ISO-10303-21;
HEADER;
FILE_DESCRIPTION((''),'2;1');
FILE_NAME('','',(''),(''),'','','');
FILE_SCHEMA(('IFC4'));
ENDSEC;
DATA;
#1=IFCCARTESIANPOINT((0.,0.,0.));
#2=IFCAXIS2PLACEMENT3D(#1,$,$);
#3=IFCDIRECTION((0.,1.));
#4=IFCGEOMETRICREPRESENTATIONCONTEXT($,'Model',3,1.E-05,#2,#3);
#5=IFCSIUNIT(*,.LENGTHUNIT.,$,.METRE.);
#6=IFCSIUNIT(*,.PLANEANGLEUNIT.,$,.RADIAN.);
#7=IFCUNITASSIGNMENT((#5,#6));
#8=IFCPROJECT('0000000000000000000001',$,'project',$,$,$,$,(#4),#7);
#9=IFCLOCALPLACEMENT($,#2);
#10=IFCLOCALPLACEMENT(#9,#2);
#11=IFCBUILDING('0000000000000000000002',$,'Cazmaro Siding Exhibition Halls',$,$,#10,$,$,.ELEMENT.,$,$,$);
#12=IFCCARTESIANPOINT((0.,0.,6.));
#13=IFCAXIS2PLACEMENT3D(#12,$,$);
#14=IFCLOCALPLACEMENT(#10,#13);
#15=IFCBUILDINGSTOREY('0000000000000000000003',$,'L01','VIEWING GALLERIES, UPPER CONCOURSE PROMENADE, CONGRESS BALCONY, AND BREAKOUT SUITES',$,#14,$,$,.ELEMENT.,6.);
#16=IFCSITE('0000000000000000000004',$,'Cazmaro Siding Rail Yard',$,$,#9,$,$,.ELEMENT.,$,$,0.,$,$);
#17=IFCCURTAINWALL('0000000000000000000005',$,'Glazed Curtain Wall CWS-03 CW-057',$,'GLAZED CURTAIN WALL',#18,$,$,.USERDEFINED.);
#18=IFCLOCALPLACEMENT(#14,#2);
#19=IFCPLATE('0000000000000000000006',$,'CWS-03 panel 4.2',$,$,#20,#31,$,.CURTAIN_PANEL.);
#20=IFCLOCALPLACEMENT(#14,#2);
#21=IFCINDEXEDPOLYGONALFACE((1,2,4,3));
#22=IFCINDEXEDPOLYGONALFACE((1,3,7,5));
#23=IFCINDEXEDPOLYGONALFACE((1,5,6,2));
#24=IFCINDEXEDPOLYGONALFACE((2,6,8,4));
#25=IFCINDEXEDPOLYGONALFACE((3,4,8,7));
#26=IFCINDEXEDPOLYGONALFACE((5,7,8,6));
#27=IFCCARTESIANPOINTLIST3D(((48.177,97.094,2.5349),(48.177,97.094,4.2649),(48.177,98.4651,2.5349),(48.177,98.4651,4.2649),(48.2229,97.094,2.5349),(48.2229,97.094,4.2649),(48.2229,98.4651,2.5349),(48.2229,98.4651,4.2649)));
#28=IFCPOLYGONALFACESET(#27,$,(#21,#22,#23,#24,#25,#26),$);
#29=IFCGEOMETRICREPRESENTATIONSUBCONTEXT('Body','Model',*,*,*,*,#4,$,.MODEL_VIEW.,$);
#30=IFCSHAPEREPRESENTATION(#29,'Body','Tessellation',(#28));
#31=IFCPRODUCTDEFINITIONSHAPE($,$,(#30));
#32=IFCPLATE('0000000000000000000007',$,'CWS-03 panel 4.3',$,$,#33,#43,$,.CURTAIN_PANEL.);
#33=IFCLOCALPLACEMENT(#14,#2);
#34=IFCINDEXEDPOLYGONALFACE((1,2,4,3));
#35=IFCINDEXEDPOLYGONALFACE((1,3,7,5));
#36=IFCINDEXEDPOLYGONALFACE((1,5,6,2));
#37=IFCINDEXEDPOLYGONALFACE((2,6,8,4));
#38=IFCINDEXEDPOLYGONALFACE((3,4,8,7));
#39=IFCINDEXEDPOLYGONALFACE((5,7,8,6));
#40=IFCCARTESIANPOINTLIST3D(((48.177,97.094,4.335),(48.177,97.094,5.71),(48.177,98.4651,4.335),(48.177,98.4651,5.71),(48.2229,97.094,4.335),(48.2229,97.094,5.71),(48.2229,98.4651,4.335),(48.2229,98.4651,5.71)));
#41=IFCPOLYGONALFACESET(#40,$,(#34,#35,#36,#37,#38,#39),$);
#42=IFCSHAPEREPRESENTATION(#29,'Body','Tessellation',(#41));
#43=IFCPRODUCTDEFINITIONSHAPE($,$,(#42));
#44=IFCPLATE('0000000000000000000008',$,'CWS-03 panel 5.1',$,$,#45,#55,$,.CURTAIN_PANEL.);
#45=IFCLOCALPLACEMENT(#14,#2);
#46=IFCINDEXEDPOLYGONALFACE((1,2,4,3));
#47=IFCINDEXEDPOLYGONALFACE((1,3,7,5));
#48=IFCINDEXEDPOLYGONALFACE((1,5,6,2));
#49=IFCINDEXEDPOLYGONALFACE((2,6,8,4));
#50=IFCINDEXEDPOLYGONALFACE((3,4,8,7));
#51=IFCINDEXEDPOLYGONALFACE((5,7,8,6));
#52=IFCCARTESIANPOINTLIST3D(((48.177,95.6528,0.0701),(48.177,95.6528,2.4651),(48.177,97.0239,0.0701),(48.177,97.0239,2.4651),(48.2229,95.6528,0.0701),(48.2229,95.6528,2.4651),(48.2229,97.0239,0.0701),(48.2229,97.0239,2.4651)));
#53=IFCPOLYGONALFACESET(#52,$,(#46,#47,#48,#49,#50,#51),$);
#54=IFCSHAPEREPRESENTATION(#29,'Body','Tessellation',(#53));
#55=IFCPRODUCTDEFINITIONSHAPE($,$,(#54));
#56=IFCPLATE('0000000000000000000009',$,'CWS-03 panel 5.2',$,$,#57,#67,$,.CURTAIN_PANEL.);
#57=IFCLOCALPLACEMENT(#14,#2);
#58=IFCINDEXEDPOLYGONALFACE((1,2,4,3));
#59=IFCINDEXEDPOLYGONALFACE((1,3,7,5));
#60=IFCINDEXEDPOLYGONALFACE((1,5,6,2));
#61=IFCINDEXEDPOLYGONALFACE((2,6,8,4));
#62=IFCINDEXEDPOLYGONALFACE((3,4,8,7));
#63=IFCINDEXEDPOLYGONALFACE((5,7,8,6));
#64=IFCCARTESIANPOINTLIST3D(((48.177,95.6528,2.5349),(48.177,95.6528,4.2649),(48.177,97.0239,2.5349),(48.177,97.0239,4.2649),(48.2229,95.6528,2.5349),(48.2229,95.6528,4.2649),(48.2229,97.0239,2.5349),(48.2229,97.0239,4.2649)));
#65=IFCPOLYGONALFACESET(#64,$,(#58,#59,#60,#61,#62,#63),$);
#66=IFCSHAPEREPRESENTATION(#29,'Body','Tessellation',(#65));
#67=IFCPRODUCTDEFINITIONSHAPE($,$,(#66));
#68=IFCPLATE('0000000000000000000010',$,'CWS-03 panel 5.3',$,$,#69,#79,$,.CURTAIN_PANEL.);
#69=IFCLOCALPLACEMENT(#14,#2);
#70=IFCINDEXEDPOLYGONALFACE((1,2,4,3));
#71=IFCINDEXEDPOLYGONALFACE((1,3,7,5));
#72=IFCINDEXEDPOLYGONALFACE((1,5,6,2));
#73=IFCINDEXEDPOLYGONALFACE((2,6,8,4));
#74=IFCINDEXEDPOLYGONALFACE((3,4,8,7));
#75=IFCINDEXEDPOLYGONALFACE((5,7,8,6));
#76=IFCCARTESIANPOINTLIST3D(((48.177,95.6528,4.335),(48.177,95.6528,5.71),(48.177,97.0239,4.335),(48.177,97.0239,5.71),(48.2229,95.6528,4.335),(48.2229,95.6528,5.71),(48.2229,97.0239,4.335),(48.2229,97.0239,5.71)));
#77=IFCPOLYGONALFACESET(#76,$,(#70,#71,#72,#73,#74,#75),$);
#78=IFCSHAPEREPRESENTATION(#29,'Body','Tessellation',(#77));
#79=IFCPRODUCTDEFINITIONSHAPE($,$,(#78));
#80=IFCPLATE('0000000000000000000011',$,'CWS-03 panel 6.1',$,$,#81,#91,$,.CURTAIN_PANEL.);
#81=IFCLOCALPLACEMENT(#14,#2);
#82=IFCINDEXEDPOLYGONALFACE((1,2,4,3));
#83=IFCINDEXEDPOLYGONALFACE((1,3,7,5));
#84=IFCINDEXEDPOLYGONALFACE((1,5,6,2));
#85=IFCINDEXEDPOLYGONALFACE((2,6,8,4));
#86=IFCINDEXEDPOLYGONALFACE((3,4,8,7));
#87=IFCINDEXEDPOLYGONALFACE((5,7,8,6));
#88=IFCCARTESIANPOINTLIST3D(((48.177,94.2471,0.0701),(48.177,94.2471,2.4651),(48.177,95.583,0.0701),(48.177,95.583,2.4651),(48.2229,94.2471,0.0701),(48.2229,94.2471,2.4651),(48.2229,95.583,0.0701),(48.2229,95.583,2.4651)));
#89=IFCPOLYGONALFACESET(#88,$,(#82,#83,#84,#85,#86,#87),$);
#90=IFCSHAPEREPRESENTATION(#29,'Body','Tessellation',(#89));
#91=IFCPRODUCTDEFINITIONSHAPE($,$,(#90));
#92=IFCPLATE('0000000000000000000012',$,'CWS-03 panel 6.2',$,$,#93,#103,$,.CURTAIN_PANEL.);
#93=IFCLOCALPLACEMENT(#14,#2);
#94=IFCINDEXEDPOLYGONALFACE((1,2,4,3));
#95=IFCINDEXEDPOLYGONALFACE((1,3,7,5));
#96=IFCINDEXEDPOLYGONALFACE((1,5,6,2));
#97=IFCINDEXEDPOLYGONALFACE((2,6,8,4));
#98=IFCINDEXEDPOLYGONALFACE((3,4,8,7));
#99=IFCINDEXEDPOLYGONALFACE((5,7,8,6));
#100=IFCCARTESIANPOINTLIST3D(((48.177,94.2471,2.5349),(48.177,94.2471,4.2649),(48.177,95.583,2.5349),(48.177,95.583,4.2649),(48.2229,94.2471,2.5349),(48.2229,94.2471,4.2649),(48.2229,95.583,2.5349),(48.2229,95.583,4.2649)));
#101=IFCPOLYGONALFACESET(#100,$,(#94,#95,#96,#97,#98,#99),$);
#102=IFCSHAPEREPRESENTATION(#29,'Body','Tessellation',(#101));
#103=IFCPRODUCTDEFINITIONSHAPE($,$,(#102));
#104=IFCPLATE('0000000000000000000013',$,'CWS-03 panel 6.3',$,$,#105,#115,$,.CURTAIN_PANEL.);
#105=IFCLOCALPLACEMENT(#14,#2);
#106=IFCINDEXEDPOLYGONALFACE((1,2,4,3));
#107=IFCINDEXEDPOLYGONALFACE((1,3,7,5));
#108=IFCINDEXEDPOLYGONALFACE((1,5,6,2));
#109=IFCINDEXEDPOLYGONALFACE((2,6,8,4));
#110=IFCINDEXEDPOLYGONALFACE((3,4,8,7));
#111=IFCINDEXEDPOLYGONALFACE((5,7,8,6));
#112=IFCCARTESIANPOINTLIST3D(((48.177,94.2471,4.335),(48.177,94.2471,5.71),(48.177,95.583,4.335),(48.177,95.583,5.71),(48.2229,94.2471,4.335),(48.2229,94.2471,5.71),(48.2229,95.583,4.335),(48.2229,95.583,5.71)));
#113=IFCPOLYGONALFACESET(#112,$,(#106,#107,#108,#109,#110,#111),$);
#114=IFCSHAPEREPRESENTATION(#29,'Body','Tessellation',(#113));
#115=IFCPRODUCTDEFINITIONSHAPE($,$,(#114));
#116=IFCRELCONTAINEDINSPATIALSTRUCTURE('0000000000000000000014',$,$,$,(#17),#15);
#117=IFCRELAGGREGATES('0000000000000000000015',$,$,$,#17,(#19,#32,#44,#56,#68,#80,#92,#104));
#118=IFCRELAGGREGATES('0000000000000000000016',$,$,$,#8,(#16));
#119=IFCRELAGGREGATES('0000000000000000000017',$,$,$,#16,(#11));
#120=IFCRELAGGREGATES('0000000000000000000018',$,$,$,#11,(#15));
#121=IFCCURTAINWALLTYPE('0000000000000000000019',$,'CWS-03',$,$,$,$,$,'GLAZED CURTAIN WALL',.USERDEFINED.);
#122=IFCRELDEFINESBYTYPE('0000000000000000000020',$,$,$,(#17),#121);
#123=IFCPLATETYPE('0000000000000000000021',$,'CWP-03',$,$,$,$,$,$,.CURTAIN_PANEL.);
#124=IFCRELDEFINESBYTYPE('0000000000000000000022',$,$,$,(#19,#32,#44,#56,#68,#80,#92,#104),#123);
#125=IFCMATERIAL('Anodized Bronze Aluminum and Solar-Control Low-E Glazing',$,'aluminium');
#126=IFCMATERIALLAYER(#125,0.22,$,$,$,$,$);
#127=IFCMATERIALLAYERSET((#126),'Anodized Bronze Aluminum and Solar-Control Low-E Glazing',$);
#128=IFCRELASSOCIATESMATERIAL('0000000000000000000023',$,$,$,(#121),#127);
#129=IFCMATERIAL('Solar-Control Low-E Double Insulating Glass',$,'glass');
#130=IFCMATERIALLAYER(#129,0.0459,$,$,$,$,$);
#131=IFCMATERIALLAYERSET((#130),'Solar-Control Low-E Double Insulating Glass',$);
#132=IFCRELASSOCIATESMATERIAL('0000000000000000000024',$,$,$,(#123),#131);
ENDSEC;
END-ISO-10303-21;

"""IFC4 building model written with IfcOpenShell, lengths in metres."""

from ifc_helpers import new_model, si_unit, direction, frame, origin, origin_2d, place, context, subcontext, project, spatial, rectangle, extrude, material, layer, layer_set, type_object, element, aggregate, save


model = new_model("IFC4")

# Units and contexts
model_context = context("Model", 3, precision=1e-05, world=origin(), true_north=direction((0.0, 1.0)))
body_context = subcontext(model_context, "Body", "Model", "MODEL_VIEW")
ifc_project = project(units=[si_unit("LENGTHUNIT", "METRE"), si_unit("PLANEANGLEUNIT", "RADIAN")], contexts=[model_context])

# Site, building, storey
site_placement = place(None, origin())
site = spatial("IfcSite", under=ifc_project, at=site_placement, Name="Cazmaro Siding Rail Yard", CompositionType="ELEMENT", RefElevation=0.0)
building_placement = place(site_placement, origin())
building = spatial("IfcBuilding", under=site, at=building_placement, Name="Cazmaro Siding Exhibition Halls", CompositionType="ELEMENT")
storey_placement = place(building_placement, frame((0.0, 0.0, 6.0)))
storey = spatial("IfcBuildingStorey", under=building, at=storey_placement, Name="L01", Description="VIEWING GALLERIES, UPPER CONCOURSE PROMENADE, CONGRESS BALCONY, AND BREAKOUT SUITES", CompositionType="ELEMENT", Elevation=6.0)

# Curtain wall, plates
ifc_material_1 = material(Name="Anodized Bronze Aluminum and Solar-Control Low-E Glazing", Category="aluminium")
ifc_layer_1 = layer(ifc_material_1, 0.22)
ifc_layer_set_1 = layer_set([ifc_layer_1], Name="Anodized Bronze Aluminum and Solar-Control Low-E Glazing")
curtain_wall_type = type_object("IfcCurtainWallType", Name="CWS-03", ElementType="GLAZED CURTAIN WALL", PredefinedType="USERDEFINED", material=ifc_layer_set_1)
curtain_wall_placement = place(storey_placement, origin())
curtain_wall = element("IfcCurtainWall", 1, at=curtain_wall_placement, inside=storey, type_object=curtain_wall_type, Name="Glazed Curtain Wall CWS-03 CW-057", ObjectType="GLAZED CURTAIN WALL", PredefinedType="USERDEFINED")
ifc_material_2 = material(Name="Solar-Control Low-E Double Insulating Glass", Category="glass")
ifc_layer_2 = layer(ifc_material_2, 0.0459)
ifc_layer_set_2 = layer_set([ifc_layer_2], Name="Solar-Control Low-E Double Insulating Glass")
plate_type = type_object("IfcPlateType", Name="CWP-03", PredefinedType="CURTAIN_PANEL", material=ifc_layer_set_2)
plate_1_placement = place(storey_placement, frame((48.2, 97.7795, 2.5349), z_axis=(0.0, 0.0, 1.0), x_axis=(0.0, -1.0, 0.0)))
plate_1 = element("IfcPlate", 2, at=plate_1_placement, type_object=plate_type, Name="CWS-03 panel 4.2", PredefinedType="CURTAIN_PANEL", context=body_context, shape_type="SweptSolid", body=[
    extrude(rectangle(XDim=1.3711, YDim=0.0459, at=origin_2d()), origin(), (0.0, 0.0, 1.0), 1.73),
])
plate_2_placement = place(storey_placement, frame((48.2, 97.7795, 4.335), z_axis=(0.0, 0.0, 1.0), x_axis=(0.0, -1.0, 0.0)))
plate_2 = element("IfcPlate", 3, at=plate_2_placement, type_object=plate_type, Name="CWS-03 panel 4.3", PredefinedType="CURTAIN_PANEL", context=body_context, shape_type="SweptSolid", body=[
    extrude(rectangle(XDim=1.3711, YDim=0.0459, at=origin_2d()), origin(), (0.0, 0.0, 1.0), 1.375),
])
plate_3_placement = place(storey_placement, frame((48.2, 96.3384, 0.0701), z_axis=(0.0, 0.0, 1.0), x_axis=(0.0, -1.0, 0.0)))
plate_3 = element("IfcPlate", 4, at=plate_3_placement, type_object=plate_type, Name="CWS-03 panel 5.1", PredefinedType="CURTAIN_PANEL", context=body_context, shape_type="SweptSolid", body=[
    extrude(rectangle(XDim=1.3711, YDim=0.0459, at=origin_2d()), origin(), (0.0, 0.0, 1.0), 2.395),
])
plate_4_placement = place(storey_placement, frame((48.2, 96.3384, 2.5349), z_axis=(0.0, 0.0, 1.0), x_axis=(0.0, -1.0, 0.0)))
plate_4 = element("IfcPlate", 5, at=plate_4_placement, type_object=plate_type, Name="CWS-03 panel 5.2", PredefinedType="CURTAIN_PANEL", context=body_context, shape_type="SweptSolid", body=[
    extrude(rectangle(XDim=1.3711, YDim=0.0459, at=origin_2d()), origin(), (0.0, 0.0, 1.0), 1.73),
])
plate_5_placement = place(storey_placement, frame((48.2, 96.3384, 4.335), z_axis=(0.0, 0.0, 1.0), x_axis=(0.0, -1.0, 0.0)))
plate_5 = element("IfcPlate", 6, at=plate_5_placement, type_object=plate_type, Name="CWS-03 panel 5.3", PredefinedType="CURTAIN_PANEL", context=body_context, shape_type="SweptSolid", body=[
    extrude(rectangle(XDim=1.3711, YDim=0.0459, at=origin_2d()), origin(), (0.0, 0.0, 1.0), 1.375),
])
plate_6_placement = place(storey_placement, frame((48.2, 94.915, 0.0701), z_axis=(0.0, 0.0, 1.0), x_axis=(0.0, -1.0, 0.0)))
plate_6 = element("IfcPlate", 7, at=plate_6_placement, type_object=plate_type, Name="CWS-03 panel 6.1", PredefinedType="CURTAIN_PANEL", context=body_context, shape_type="SweptSolid", body=[
    extrude(rectangle(XDim=1.3359, YDim=0.0459, at=origin_2d()), origin(), (0.0, 0.0, 1.0), 2.395),
])
plate_7_placement = place(storey_placement, frame((48.2, 94.915, 2.5349), z_axis=(0.0, 0.0, 1.0), x_axis=(0.0, -1.0, 0.0)))
plate_7 = element("IfcPlate", 8, at=plate_7_placement, type_object=plate_type, Name="CWS-03 panel 6.2", PredefinedType="CURTAIN_PANEL", context=body_context, shape_type="SweptSolid", body=[
    extrude(rectangle(XDim=1.3359, YDim=0.0459, at=origin_2d()), origin(), (0.0, 0.0, 1.0), 1.73),
])
plate_8_placement = place(storey_placement, frame((48.2, 94.915, 4.335), z_axis=(0.0, 0.0, 1.0), x_axis=(0.0, -1.0, 0.0)))
plate_8 = element("IfcPlate", 9, at=plate_8_placement, type_object=plate_type, Name="CWS-03 panel 6.3", PredefinedType="CURTAIN_PANEL", context=body_context, shape_type="SweptSolid", body=[
    extrude(rectangle(XDim=1.3359, YDim=0.0459, at=origin_2d()), origin(), (0.0, 0.0, 1.0), 1.375),
])
aggregate(curtain_wall, [plate_1, plate_2, plate_3, plate_4, plate_5, plate_6, plate_7, plate_8])

save(model, "model.ifc")
